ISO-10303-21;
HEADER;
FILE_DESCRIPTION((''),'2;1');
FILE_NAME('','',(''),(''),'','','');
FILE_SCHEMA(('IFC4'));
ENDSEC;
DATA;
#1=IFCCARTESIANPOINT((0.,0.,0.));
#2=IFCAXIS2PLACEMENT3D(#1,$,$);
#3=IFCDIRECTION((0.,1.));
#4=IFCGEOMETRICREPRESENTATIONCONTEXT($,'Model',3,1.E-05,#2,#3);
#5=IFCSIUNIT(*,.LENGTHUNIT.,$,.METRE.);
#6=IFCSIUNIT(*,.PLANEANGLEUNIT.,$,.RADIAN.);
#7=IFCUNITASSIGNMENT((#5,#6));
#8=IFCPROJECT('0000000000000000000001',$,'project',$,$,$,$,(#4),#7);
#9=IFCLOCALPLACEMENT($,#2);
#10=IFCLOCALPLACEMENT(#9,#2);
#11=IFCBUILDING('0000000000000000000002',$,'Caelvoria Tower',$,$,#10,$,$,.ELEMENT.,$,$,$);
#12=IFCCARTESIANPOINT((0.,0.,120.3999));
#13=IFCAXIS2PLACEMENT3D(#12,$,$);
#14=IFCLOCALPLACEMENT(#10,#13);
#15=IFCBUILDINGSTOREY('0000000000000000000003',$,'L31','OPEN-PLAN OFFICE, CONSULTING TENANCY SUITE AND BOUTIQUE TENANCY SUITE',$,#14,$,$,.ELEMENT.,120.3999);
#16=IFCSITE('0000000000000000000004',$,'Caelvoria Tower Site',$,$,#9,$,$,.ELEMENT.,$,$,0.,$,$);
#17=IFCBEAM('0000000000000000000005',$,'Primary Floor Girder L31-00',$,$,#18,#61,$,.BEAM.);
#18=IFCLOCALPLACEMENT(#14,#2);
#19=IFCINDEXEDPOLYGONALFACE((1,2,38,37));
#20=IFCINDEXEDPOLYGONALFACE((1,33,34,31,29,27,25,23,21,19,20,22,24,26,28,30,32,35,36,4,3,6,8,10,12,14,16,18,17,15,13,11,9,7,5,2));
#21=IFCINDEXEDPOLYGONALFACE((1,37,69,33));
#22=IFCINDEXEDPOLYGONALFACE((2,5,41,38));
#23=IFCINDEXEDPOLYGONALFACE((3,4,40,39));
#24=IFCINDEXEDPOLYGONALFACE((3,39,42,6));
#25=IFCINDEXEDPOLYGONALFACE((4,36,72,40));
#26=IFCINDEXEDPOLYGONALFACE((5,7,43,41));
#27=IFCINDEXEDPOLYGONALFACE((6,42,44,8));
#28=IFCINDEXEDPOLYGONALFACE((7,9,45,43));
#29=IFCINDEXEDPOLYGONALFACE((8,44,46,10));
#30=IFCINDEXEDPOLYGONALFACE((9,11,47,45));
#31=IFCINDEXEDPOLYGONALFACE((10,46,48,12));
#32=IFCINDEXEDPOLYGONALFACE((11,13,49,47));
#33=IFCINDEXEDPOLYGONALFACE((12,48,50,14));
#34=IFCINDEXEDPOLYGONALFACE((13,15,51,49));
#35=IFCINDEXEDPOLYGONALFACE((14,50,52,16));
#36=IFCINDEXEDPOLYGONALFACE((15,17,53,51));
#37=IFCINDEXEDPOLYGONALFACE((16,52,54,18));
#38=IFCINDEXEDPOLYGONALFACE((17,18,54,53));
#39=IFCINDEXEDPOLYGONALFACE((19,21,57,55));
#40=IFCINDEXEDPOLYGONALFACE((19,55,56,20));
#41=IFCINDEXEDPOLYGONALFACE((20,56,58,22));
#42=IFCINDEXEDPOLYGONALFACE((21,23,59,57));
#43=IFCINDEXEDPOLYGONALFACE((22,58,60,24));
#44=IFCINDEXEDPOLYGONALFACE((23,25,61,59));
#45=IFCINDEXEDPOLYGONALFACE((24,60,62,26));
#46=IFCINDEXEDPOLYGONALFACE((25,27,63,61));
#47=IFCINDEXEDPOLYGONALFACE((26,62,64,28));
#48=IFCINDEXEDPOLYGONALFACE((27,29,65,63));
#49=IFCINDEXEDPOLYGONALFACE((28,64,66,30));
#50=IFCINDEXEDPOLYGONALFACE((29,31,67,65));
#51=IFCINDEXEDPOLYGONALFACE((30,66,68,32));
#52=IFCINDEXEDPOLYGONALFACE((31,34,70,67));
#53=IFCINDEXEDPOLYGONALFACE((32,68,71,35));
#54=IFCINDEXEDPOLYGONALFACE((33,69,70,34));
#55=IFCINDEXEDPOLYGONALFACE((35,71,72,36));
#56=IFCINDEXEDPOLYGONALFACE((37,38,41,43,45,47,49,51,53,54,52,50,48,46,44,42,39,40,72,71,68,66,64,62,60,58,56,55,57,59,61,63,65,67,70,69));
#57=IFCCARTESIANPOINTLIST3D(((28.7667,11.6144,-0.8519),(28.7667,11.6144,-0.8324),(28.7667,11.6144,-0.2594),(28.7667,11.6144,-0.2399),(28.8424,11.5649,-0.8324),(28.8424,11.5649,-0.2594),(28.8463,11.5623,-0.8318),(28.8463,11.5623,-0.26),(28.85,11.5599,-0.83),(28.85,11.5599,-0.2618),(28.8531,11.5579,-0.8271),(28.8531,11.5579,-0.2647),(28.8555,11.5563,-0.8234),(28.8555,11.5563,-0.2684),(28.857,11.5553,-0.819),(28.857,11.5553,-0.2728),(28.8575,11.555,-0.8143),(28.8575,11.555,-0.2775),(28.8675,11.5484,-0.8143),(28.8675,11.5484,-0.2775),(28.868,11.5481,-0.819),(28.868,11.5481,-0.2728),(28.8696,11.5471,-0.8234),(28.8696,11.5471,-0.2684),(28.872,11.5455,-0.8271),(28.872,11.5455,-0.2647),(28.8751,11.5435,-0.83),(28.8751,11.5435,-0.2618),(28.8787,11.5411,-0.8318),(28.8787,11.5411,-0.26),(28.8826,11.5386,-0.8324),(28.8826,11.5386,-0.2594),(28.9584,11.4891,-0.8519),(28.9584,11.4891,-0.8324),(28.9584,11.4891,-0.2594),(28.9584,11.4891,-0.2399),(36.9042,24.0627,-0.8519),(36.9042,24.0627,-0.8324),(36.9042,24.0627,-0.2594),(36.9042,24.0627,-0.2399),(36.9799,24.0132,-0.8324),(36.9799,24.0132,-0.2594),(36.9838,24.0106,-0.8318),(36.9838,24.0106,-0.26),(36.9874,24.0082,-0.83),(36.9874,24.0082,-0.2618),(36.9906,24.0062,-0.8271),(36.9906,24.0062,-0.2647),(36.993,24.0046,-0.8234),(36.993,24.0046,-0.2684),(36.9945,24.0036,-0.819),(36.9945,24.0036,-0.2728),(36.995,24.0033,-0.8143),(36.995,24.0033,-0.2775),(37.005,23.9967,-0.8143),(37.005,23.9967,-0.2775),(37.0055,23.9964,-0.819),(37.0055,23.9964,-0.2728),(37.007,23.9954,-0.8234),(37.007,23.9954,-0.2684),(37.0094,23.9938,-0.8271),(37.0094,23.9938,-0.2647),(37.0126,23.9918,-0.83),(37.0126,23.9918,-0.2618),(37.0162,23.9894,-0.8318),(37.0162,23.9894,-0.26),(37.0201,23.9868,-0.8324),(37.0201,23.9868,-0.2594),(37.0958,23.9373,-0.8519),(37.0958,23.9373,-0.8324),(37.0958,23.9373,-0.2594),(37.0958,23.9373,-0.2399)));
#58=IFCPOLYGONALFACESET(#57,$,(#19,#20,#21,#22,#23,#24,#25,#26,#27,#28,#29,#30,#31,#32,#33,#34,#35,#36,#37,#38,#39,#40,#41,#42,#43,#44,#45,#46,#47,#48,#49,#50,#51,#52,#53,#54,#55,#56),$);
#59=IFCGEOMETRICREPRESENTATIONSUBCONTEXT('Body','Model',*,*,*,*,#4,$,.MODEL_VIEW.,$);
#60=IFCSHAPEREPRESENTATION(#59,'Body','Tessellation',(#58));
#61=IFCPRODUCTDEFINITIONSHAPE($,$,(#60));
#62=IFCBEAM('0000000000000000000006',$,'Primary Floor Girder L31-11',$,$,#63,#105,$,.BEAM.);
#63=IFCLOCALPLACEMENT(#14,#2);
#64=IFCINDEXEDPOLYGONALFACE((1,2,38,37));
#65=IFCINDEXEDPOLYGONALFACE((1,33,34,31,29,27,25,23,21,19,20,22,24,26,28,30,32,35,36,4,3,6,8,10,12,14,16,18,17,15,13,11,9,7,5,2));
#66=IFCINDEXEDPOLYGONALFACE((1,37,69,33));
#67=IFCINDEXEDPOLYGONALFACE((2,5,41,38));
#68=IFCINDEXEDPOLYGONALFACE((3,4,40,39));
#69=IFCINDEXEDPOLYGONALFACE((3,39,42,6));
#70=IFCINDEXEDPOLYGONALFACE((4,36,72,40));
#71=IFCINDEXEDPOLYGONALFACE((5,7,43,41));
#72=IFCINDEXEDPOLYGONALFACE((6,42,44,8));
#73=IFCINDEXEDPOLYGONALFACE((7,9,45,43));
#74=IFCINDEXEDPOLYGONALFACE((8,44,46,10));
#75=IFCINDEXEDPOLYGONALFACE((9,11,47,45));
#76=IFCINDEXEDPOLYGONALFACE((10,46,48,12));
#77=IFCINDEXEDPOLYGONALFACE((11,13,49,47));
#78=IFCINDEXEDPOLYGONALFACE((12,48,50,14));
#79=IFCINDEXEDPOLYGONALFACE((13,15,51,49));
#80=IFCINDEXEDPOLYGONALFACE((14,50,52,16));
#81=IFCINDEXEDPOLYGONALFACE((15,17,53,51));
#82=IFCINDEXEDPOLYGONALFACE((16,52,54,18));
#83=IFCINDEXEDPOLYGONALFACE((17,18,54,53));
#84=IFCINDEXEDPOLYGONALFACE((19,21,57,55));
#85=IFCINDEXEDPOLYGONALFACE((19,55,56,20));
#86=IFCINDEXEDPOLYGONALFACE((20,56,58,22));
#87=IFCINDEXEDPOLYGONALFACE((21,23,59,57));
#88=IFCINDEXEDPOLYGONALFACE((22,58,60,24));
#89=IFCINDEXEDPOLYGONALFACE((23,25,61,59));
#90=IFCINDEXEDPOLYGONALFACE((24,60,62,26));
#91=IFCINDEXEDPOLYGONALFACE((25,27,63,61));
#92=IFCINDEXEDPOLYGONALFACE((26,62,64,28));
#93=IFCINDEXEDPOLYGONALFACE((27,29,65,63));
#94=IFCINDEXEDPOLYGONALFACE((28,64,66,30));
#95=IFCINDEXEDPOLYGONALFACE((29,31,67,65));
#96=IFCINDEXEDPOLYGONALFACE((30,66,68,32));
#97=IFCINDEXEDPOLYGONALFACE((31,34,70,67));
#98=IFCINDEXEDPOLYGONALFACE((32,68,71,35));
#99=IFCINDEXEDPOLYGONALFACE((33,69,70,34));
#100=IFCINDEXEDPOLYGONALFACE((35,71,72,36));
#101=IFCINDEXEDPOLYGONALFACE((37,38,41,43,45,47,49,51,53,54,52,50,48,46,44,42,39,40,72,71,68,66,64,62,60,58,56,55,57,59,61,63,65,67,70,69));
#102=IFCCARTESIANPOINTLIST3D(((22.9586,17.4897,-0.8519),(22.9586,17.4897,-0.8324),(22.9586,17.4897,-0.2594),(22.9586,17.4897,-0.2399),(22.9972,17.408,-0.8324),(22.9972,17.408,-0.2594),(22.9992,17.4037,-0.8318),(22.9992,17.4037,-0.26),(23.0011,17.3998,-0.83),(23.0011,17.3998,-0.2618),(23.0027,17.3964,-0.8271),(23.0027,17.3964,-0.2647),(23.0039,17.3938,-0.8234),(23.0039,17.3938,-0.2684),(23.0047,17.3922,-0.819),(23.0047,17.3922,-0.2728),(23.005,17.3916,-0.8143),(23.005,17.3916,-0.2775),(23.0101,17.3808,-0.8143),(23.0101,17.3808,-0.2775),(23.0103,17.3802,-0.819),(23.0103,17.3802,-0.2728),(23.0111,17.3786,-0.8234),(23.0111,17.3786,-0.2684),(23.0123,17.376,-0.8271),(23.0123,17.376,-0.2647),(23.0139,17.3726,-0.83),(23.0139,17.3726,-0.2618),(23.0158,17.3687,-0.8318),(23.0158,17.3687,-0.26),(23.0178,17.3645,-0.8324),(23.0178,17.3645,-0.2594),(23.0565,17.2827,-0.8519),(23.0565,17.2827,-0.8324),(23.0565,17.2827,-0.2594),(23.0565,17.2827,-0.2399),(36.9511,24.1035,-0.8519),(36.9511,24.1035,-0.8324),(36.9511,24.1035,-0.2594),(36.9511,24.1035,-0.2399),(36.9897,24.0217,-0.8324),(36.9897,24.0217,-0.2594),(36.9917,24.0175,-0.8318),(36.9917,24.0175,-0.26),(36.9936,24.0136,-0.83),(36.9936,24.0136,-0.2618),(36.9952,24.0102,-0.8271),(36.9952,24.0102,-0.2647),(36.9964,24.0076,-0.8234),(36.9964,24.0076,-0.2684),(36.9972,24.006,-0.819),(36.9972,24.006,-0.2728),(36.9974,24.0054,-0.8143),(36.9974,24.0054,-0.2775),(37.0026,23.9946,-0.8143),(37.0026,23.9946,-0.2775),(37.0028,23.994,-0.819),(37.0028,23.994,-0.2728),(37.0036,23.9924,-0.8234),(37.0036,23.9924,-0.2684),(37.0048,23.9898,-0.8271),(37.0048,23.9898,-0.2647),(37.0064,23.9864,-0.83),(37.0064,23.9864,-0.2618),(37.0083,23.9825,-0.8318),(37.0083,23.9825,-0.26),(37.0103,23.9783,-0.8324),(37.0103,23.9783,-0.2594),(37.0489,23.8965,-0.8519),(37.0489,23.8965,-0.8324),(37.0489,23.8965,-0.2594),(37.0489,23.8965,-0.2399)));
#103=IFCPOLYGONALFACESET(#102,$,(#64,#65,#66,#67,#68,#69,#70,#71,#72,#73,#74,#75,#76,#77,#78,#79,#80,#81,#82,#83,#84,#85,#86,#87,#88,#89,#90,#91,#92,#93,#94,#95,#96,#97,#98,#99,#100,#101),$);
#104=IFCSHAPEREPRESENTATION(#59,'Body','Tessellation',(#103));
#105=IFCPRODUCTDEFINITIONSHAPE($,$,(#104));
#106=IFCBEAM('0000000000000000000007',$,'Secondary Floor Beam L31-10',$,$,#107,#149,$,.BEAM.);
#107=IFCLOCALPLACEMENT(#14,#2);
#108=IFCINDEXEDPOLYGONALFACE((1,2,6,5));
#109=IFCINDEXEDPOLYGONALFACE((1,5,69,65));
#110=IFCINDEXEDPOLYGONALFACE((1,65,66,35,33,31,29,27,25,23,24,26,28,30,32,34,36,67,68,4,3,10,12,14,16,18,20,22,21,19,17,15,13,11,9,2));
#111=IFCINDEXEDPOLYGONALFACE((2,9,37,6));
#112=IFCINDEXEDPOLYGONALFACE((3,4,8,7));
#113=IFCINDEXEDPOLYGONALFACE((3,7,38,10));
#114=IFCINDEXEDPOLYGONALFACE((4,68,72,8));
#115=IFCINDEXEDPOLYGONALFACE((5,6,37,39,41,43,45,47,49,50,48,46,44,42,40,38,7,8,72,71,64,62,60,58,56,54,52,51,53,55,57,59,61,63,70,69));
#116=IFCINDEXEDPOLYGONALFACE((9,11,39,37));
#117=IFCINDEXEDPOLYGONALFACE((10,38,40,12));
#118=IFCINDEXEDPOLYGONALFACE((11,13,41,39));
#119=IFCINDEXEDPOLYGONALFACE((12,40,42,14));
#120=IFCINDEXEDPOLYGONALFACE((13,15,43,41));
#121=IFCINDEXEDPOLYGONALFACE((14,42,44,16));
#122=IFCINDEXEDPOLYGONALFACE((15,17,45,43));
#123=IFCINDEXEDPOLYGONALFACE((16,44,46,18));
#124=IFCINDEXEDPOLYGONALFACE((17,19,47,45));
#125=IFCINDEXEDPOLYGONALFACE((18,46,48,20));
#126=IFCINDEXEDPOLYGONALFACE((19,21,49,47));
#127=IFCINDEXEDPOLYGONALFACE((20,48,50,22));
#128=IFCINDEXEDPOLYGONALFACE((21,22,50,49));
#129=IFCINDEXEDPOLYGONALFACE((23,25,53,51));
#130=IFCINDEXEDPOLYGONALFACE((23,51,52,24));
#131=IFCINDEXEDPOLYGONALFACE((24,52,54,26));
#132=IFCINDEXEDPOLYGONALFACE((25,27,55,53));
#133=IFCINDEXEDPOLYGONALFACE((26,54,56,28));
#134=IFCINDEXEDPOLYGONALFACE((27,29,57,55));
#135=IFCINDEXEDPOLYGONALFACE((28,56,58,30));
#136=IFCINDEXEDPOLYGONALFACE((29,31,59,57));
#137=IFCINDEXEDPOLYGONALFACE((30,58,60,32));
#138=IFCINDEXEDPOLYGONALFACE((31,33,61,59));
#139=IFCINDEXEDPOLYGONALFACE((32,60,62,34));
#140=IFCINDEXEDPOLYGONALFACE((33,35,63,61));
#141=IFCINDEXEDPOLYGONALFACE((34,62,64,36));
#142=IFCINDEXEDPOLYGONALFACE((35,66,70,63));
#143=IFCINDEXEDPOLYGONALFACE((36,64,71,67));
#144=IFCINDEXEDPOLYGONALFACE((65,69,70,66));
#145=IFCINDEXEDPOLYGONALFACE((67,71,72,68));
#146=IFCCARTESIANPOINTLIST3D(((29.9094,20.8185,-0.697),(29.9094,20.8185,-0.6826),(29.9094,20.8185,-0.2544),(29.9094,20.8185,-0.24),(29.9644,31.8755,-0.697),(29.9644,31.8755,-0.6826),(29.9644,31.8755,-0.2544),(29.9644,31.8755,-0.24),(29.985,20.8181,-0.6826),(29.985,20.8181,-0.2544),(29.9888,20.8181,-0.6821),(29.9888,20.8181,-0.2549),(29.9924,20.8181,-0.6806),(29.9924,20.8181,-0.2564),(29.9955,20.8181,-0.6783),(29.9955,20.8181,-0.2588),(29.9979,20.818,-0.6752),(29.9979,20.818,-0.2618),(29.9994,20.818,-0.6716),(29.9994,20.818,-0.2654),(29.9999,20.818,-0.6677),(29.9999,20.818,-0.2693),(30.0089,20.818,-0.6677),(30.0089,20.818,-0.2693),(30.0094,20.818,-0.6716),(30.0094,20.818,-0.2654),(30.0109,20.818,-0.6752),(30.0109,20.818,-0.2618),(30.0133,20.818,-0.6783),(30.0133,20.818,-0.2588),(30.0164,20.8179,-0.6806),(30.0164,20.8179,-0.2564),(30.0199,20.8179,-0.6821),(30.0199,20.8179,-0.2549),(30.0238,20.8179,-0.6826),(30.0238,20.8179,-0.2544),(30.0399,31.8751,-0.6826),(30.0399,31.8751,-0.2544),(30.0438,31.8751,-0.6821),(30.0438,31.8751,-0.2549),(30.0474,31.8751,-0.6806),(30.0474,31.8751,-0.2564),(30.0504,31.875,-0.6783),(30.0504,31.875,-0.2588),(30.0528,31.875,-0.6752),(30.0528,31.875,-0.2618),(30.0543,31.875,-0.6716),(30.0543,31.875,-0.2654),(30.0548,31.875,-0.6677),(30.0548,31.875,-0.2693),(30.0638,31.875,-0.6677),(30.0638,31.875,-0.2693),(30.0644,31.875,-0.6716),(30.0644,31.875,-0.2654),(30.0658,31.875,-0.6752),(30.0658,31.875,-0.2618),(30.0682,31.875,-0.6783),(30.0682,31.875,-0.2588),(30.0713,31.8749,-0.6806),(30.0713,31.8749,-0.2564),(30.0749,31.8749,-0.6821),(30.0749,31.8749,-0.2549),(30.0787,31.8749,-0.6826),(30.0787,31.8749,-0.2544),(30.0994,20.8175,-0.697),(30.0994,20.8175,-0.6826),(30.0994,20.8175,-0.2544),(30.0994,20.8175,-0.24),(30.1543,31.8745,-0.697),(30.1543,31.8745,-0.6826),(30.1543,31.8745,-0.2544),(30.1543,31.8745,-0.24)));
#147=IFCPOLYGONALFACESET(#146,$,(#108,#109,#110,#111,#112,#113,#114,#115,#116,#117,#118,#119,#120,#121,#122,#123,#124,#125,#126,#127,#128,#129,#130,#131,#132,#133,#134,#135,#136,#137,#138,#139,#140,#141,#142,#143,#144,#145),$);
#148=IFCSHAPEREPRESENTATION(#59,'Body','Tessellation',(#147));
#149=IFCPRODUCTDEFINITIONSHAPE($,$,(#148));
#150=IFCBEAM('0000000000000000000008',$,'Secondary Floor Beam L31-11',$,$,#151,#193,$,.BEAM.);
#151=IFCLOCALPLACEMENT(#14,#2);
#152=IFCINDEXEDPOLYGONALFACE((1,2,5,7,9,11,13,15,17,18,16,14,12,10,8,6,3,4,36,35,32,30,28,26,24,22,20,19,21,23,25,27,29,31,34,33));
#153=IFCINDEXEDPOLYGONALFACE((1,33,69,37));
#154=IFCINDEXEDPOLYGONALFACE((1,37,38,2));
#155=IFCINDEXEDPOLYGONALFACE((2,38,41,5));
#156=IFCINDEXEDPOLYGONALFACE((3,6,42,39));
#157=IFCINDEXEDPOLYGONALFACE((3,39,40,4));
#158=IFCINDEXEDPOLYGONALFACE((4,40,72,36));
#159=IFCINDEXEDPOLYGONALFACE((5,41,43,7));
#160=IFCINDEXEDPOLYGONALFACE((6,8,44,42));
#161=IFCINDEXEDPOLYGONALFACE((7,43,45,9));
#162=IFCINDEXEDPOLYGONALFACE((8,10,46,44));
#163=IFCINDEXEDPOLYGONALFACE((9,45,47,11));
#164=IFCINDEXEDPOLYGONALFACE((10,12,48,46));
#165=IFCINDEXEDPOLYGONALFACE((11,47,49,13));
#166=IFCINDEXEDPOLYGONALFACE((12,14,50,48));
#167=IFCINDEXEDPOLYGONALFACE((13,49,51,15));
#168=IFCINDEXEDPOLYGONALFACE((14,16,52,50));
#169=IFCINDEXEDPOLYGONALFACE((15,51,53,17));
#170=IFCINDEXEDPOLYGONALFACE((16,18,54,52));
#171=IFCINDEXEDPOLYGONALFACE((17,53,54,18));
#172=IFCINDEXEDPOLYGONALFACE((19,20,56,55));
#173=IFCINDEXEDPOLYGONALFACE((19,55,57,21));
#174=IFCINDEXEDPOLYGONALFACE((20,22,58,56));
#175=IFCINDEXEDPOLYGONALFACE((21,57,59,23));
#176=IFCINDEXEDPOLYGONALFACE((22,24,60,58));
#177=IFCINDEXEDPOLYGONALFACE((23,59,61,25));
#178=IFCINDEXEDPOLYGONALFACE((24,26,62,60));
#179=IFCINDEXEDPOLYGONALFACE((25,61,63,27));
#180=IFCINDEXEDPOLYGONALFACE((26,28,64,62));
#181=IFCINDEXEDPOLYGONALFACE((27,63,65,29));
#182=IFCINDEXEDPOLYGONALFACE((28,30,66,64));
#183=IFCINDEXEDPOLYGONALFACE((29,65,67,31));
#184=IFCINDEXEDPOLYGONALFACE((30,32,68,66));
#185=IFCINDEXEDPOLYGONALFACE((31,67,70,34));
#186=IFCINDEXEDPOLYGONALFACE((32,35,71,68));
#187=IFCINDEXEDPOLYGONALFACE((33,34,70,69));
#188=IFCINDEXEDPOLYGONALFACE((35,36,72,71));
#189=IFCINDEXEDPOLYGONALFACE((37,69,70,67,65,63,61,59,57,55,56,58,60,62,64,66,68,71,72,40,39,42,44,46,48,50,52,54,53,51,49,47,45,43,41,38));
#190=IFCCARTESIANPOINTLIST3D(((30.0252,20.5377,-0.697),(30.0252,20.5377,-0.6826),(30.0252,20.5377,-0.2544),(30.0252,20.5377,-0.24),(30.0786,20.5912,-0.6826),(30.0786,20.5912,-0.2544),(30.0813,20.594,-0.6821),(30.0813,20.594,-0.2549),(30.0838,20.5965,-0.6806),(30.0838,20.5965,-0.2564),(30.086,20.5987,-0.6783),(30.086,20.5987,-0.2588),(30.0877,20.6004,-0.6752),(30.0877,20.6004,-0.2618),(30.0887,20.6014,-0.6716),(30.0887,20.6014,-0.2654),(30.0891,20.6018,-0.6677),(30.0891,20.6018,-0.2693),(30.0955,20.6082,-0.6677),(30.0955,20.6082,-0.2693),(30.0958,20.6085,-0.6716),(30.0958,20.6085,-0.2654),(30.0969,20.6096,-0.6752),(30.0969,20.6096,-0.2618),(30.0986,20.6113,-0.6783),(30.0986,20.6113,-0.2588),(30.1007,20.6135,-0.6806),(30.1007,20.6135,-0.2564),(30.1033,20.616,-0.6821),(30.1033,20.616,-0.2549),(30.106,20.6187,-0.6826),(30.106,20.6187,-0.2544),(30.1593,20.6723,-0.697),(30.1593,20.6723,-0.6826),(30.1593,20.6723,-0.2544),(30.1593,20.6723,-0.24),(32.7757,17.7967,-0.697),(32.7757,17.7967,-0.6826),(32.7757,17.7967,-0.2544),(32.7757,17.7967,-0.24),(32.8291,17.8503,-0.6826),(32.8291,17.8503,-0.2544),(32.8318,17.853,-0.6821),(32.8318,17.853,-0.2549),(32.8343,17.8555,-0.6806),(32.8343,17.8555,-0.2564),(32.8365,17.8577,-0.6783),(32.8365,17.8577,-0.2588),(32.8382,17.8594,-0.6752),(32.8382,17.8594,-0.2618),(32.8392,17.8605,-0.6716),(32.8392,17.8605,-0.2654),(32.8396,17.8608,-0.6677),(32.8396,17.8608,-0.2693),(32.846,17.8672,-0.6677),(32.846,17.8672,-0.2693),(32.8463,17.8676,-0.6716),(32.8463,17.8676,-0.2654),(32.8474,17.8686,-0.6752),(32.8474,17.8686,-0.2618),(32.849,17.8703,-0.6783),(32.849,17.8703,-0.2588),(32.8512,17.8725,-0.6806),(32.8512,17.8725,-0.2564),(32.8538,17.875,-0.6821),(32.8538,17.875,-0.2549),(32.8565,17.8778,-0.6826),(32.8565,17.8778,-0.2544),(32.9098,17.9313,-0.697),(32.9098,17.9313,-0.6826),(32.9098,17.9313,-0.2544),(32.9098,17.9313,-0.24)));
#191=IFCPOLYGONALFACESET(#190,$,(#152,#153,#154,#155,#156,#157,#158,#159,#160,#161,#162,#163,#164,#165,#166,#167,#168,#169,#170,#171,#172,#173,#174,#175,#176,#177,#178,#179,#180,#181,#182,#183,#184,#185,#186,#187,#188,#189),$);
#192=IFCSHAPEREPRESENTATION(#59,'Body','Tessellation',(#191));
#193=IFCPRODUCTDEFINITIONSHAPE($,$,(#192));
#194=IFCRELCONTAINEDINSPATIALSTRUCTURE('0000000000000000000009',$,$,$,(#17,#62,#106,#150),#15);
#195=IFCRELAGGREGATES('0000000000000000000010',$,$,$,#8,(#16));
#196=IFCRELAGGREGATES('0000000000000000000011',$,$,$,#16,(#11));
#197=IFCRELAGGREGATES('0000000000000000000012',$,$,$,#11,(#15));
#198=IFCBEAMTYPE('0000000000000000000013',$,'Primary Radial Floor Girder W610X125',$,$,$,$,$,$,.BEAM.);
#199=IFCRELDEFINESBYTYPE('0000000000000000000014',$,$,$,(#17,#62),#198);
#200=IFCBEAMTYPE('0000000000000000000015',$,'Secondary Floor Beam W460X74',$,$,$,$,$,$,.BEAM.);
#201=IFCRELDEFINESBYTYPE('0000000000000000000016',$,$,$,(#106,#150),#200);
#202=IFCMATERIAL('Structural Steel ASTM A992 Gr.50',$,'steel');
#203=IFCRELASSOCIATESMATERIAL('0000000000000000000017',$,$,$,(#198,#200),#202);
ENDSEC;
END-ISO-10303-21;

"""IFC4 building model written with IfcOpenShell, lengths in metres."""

from ifc_helpers import new_model, si_unit, direction, frame, origin, origin_2d, place, context, subcontext, project, spatial, i_section, extrude, material, material_profile, profile_set, type_object, element, save


model = new_model("IFC4")

# Units and contexts
model_context = context("Model", 3, precision=1e-05, world=origin(), true_north=direction((0.0, 1.0)))
body_context = subcontext(model_context, "Body", "Model", "MODEL_VIEW")
ifc_project = project(units=[si_unit("LENGTHUNIT", "METRE"), si_unit("PLANEANGLEUNIT", "RADIAN")], contexts=[model_context])

# Site, building, storey
site_placement = place(None, origin())
site = spatial("IfcSite", under=ifc_project, at=site_placement, Name="Caelvoria Tower Site", CompositionType="ELEMENT", RefElevation=0.0)
building_placement = place(site_placement, origin())
building = spatial("IfcBuilding", under=site, at=building_placement, Name="Caelvoria Tower", CompositionType="ELEMENT")
storey_placement = place(building_placement, frame((0.0, 0.0, 120.3999)))
storey = spatial("IfcBuildingStorey", under=building, at=storey_placement, Name="L31", Description="OPEN-PLAN OFFICE, CONSULTING TENANCY SUITE AND BOUTIQUE TENANCY SUITE", CompositionType="ELEMENT", Elevation=120.3999)

# Beams
ifc_material_1 = material(Name="Structural Steel ASTM A992 Gr.50", Category="steel")
ifc_material_profile_1 = material_profile(ifc_material_1, i_section(OverallWidth=0.229, OverallDepth=0.6121, WebThickness=0.012, FlangeThickness=0.0195, FilletRadius=0.0181, at=origin_2d()), Name="Structural Steel ASTM A992 Gr.50")
ifc_profile_set_1 = profile_set([ifc_material_profile_1], Name="W610X125 - Structural Steel ASTM A992 Gr.50")
beam_type_1 = type_object("IfcBeamType", Name="Primary Radial Floor Girder W610X125", PredefinedType="BEAM", material=ifc_profile_set_1)
beam_1_placement = place(storey_placement, frame((37.0, 24.0, -0.5459), z_axis=(-0.547165, -0.837025, 0.0), x_axis=(0.837025, -0.547165, 0.0)))
element("IfcBeam", 1, at=beam_1_placement, inside=storey, type_object=beam_type_1, Name="Primary Floor Girder L31-00", PredefinedType="BEAM", context=body_context, shape_type="SweptSolid", body=[
    extrude(i_section(OverallWidth=0.229, OverallDepth=0.6121, WebThickness=0.012, FlangeThickness=0.0195, FilletRadius=0.0181, at=origin_2d()), origin(), (0.0, 0.0, 1.0), 14.8721),
])
beam_2_placement = place(storey_placement, frame((37.0, 24.0, -0.5459), z_axis=(-0.904093, -0.427336, 0.0), x_axis=(0.427336, -0.904093, 0.0)))
element("IfcBeam", 2, at=beam_2_placement, inside=storey, type_object=beam_type_1, Name="Primary Floor Girder L31-11", PredefinedType="BEAM", context=body_context, shape_type="SweptSolid", body=[
    extrude(i_section(OverallWidth=0.229, OverallDepth=0.6121, WebThickness=0.012, FlangeThickness=0.0195, FilletRadius=0.0181, at=origin_2d()), origin(), (0.0, 0.0, 1.0), 15.4768),
])
ifc_material_profile_2 = material_profile(ifc_material_1, i_section(OverallWidth=0.1899, OverallDepth=0.457, WebThickness=0.009, FlangeThickness=0.0144, FilletRadius=0.0149, at=origin_2d()), Name="Structural Steel ASTM A992 Gr.50")
ifc_profile_set_2 = profile_set([ifc_material_profile_2], Name="W460X74 - Structural Steel ASTM A992 Gr.50")
beam_type_2 = type_object("IfcBeamType", Name="Secondary Floor Beam W460X74", PredefinedType="BEAM", material=ifc_profile_set_2)
beam_3_placement = place(storey_placement, frame((30.0593, 31.875, -0.4685), z_axis=(-0.004968, -0.999988, 0.0), x_axis=(0.999988, -0.004968, 0.0)))
element("IfcBeam", 3, at=beam_3_placement, inside=storey, type_object=beam_type_2, Name="Secondary Floor Beam L31-10", PredefinedType="BEAM", context=body_context, shape_type="SweptSolid", body=[
    extrude(i_section(OverallWidth=0.1899, OverallDepth=0.457, WebThickness=0.009, FlangeThickness=0.0144, FilletRadius=0.0149, at=origin_2d()), origin(), (0.0, 0.0, 1.0), 11.0571),
])
beam_4_placement = place(storey_placement, frame((30.0923, 20.605, -0.4685), z_axis=(0.708332, -0.70588, 0.0), x_axis=(0.70588, 0.708332, 0.0)))
element("IfcBeam", 4, at=beam_4_placement, inside=storey, type_object=beam_type_2, Name="Secondary Floor Beam L31-11", PredefinedType="BEAM", context=body_context, shape_type="SweptSolid", body=[
    extrude(i_section(OverallWidth=0.1899, OverallDepth=0.457, WebThickness=0.009, FlangeThickness=0.0144, FilletRadius=0.0149, at=origin_2d()), origin(), (0.0, 0.0, 1.0), 3.8831),
])

save(model, "model.ifc")
